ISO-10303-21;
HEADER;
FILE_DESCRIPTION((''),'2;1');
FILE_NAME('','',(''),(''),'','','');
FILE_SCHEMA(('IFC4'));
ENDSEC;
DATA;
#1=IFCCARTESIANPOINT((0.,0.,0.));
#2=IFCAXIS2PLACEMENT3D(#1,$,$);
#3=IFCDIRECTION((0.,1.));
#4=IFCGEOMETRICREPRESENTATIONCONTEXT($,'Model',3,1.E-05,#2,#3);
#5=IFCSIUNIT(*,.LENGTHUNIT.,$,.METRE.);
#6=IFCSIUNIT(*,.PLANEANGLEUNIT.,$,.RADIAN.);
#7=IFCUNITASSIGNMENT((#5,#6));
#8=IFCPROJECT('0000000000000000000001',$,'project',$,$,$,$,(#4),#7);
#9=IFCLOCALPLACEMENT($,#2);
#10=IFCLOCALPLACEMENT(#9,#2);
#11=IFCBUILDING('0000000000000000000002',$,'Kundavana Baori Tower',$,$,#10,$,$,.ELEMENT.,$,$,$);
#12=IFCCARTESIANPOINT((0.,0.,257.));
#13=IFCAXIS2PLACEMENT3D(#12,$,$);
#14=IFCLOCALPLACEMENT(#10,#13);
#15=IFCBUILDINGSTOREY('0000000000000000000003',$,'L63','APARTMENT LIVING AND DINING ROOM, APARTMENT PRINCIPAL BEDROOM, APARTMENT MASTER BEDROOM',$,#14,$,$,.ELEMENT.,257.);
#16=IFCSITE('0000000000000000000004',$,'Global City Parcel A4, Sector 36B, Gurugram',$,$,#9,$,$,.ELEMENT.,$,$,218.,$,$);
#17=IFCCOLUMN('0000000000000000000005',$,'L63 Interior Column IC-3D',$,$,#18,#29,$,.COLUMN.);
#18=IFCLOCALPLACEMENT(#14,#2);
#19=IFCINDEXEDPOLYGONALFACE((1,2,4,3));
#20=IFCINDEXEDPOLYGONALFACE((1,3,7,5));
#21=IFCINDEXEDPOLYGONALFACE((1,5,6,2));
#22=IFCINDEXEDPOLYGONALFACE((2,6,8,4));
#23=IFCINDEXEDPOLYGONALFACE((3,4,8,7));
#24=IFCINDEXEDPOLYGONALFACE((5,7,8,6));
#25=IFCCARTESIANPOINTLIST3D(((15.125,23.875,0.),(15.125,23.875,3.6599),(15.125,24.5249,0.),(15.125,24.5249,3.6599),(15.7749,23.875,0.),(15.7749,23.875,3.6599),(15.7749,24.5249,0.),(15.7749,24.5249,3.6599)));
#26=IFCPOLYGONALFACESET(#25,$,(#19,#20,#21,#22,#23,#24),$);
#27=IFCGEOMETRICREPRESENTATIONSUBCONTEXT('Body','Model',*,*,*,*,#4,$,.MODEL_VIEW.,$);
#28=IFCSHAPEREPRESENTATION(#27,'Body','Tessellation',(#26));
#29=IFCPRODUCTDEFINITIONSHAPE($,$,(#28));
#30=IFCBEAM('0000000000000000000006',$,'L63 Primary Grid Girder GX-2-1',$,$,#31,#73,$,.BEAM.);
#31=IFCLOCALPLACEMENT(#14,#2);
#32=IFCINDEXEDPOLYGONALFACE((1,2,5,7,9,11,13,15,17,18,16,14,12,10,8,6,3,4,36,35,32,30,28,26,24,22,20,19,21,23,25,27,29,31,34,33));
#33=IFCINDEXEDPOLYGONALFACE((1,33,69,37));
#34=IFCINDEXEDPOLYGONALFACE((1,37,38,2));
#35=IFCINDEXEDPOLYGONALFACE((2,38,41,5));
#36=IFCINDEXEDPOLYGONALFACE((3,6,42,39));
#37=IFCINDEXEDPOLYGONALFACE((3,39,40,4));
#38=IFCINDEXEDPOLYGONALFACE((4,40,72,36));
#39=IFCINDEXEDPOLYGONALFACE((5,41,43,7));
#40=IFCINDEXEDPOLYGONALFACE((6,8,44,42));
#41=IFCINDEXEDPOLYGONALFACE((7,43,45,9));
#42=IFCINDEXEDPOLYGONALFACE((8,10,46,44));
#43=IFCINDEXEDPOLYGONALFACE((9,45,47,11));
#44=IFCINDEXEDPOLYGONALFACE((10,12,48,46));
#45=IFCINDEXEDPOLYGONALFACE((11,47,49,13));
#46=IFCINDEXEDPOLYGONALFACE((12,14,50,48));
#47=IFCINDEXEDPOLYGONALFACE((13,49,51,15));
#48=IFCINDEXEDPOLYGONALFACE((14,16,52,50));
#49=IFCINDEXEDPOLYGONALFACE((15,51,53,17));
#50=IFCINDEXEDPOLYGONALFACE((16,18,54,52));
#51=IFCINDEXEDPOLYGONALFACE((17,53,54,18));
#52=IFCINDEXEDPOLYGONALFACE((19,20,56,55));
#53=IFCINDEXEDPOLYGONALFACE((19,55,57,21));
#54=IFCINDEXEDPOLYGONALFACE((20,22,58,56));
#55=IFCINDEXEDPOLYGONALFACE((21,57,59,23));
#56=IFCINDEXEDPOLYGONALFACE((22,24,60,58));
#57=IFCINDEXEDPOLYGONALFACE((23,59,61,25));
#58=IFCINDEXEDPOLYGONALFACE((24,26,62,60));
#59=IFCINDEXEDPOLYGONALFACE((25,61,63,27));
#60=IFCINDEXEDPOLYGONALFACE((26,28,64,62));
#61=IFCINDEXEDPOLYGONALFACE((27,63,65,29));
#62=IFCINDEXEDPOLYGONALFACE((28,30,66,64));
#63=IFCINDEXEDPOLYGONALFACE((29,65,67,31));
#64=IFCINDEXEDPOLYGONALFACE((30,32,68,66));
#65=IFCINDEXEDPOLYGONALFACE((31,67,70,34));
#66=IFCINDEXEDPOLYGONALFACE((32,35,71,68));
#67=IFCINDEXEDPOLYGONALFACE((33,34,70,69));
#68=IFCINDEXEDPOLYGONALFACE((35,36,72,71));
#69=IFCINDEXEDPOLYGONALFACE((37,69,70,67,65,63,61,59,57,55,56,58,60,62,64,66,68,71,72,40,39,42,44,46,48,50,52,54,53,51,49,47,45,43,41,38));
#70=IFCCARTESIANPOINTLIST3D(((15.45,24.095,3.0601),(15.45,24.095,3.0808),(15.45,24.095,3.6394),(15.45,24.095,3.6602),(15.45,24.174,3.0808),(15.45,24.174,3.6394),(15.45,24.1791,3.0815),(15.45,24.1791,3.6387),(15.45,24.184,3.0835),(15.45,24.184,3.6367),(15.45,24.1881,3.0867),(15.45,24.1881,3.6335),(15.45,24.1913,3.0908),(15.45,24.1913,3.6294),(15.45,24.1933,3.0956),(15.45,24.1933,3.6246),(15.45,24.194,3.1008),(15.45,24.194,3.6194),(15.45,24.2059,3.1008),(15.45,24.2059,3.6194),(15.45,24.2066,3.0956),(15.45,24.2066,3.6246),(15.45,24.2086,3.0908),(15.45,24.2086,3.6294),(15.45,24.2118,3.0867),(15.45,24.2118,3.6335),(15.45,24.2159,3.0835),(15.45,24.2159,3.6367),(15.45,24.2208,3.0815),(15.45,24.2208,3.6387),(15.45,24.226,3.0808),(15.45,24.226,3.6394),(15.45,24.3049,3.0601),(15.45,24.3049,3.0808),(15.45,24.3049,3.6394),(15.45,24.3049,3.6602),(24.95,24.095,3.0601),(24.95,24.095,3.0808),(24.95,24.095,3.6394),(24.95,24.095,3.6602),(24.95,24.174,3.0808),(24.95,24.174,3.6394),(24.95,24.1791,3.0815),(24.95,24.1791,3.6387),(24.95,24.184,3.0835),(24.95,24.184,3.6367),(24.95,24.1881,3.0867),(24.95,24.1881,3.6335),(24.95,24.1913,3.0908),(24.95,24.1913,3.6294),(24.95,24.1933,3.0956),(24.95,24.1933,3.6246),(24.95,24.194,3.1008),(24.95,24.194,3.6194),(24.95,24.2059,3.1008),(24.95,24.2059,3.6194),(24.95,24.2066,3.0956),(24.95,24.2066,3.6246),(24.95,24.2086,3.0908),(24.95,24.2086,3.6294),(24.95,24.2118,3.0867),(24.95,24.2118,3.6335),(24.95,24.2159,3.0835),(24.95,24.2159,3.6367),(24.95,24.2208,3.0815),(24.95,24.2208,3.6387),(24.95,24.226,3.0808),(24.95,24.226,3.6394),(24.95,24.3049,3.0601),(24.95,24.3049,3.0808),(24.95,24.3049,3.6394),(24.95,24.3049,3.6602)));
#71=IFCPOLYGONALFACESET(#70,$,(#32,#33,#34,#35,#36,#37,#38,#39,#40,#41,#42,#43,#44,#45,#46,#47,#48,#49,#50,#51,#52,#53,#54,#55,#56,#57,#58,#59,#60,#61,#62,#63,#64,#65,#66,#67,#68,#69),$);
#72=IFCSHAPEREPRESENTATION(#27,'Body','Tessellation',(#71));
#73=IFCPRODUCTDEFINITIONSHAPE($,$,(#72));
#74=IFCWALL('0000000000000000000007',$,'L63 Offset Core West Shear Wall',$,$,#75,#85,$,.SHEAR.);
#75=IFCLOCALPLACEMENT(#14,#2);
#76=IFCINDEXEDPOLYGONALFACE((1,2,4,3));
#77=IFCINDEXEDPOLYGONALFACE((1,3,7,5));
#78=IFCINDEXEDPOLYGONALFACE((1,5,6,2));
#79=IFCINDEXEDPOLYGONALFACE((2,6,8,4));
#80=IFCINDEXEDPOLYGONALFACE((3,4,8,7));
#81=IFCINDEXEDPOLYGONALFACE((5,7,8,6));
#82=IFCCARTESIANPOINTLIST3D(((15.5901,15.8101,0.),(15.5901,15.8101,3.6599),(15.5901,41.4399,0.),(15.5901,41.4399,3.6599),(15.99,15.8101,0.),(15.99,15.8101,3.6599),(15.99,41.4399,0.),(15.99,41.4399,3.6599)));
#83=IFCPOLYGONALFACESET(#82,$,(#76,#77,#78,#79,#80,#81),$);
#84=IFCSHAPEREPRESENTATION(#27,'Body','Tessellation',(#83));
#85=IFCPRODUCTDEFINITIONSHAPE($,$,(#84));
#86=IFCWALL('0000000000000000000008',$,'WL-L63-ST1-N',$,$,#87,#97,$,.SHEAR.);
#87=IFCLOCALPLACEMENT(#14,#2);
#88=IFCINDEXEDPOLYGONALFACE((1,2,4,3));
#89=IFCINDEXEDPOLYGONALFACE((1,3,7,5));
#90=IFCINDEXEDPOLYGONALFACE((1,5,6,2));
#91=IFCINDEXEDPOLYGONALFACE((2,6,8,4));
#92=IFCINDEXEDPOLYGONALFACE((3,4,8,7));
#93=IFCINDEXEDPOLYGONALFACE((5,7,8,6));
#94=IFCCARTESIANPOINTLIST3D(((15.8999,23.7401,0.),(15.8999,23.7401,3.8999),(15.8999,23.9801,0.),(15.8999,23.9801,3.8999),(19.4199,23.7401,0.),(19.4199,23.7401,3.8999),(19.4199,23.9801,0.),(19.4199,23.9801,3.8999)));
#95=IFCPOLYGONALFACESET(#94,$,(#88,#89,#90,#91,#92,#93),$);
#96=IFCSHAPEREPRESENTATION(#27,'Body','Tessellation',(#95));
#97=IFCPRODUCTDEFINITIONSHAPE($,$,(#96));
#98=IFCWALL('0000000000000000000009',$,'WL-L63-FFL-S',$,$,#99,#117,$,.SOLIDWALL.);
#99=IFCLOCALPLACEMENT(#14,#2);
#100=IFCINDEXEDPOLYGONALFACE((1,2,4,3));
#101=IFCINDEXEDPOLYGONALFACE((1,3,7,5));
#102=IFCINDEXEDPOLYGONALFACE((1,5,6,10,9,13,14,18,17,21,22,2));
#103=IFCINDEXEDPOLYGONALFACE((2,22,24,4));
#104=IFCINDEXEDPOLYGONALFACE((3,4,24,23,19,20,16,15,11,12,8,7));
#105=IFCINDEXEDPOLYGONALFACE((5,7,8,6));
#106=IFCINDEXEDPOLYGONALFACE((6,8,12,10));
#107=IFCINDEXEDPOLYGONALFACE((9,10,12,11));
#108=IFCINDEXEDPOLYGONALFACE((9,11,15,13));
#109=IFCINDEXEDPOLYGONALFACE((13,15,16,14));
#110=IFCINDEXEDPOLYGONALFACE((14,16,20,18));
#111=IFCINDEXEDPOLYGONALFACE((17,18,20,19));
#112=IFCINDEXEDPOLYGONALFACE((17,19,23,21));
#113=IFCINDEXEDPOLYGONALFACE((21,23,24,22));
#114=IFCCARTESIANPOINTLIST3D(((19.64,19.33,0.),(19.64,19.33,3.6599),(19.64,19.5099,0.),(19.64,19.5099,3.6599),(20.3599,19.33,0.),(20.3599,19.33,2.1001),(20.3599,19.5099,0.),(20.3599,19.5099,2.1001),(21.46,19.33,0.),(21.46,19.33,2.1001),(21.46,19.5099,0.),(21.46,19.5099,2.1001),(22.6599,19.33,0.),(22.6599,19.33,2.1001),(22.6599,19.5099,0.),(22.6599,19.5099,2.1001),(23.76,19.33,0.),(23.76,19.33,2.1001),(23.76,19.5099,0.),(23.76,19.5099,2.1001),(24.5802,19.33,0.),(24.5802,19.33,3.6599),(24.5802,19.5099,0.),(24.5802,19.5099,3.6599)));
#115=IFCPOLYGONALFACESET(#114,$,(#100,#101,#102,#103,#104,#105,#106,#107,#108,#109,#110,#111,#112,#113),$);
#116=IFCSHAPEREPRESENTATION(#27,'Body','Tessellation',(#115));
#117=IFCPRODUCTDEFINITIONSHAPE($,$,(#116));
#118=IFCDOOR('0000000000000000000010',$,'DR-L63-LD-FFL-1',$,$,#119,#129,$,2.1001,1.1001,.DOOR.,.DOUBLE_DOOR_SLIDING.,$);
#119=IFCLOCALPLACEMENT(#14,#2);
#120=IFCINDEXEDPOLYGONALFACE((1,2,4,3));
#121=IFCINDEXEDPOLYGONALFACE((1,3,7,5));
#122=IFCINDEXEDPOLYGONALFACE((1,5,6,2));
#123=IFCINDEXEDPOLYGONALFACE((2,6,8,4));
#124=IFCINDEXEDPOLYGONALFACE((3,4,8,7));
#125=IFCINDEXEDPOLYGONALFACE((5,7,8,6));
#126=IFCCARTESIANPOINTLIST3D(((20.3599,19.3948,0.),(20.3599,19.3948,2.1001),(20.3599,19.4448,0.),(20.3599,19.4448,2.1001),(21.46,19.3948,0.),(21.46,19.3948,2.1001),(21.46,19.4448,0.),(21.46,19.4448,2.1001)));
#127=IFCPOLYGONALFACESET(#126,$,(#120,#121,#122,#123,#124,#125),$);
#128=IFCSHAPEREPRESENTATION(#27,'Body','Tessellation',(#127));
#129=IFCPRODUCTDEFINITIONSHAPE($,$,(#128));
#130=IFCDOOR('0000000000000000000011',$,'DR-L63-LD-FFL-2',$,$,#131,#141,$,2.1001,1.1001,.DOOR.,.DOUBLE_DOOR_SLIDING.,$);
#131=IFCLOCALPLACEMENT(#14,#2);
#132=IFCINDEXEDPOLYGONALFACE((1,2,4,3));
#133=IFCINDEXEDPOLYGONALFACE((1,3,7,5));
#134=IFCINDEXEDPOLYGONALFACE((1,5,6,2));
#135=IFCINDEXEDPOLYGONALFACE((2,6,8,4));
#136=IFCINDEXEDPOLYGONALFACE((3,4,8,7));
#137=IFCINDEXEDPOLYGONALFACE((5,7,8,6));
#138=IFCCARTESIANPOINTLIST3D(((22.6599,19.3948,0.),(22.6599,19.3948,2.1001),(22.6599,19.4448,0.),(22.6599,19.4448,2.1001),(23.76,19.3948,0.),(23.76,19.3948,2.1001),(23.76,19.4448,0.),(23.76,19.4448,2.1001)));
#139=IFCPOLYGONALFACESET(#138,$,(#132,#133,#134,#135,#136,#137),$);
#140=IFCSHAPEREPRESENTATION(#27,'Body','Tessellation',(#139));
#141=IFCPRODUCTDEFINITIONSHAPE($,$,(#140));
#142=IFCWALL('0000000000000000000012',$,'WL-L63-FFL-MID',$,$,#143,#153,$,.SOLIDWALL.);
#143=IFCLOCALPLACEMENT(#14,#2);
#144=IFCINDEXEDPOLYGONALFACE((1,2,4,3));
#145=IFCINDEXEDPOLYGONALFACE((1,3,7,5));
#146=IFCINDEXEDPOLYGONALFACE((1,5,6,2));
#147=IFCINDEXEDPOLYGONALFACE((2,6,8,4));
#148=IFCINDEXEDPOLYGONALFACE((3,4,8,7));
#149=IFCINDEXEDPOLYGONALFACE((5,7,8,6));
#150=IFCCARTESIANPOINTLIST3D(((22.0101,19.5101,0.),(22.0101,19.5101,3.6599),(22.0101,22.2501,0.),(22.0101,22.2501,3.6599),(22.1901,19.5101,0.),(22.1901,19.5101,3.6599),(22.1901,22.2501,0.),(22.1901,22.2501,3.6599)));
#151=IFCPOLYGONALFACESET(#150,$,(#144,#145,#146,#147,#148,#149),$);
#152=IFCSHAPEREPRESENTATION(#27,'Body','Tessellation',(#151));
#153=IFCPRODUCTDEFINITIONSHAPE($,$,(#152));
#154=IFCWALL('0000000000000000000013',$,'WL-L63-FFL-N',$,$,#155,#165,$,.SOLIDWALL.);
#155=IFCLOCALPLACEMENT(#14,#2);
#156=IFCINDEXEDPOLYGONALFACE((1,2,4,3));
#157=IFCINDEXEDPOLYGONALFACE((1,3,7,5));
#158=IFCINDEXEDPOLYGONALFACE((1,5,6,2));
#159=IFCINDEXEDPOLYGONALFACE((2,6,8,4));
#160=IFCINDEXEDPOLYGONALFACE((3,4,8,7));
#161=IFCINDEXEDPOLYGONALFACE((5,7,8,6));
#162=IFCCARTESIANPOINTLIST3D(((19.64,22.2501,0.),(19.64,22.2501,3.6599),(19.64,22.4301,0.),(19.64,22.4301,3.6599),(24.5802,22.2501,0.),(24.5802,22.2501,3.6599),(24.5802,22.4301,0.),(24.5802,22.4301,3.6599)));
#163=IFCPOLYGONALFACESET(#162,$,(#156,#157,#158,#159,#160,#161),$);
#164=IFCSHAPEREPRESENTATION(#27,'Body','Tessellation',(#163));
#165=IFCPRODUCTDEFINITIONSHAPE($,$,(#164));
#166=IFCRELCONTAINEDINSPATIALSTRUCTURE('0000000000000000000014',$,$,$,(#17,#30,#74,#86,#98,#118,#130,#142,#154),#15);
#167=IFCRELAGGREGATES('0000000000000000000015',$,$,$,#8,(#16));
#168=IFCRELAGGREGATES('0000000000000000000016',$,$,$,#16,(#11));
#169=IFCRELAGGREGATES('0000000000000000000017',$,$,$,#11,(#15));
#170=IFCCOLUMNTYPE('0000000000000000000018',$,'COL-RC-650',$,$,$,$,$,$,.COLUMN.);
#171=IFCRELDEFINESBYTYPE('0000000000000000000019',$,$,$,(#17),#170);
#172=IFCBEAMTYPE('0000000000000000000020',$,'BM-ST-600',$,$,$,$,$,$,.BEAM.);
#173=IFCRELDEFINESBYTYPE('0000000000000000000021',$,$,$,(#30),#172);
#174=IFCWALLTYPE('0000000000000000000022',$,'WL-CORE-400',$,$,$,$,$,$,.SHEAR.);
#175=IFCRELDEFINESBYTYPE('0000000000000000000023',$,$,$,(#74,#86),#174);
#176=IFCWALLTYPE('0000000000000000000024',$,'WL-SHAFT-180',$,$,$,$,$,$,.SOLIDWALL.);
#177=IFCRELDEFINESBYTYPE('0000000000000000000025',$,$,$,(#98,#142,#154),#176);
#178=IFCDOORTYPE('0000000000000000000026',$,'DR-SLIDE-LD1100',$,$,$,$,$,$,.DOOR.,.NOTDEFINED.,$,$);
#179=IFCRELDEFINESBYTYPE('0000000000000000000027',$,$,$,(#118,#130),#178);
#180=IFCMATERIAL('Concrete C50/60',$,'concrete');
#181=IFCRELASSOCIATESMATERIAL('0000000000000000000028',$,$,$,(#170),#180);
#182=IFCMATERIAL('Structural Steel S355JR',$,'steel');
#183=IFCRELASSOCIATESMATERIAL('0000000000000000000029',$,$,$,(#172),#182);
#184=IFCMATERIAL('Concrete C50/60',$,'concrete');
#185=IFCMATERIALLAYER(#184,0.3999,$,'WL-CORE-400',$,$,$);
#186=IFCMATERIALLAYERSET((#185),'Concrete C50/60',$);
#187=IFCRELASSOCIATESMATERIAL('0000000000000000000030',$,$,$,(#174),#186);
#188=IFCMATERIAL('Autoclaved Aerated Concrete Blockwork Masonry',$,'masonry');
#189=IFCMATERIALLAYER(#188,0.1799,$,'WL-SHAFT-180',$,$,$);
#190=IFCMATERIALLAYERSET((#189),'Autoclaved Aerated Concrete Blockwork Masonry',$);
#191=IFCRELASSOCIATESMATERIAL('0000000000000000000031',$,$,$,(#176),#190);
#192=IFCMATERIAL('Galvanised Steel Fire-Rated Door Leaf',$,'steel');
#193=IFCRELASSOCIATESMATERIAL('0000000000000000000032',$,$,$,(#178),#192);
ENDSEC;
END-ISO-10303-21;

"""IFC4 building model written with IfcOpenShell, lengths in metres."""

from ifc_helpers import new_model, si_unit, direction, frame, frame_2d, origin, origin_2d, place, context, subcontext, project, spatial, rectangle, i_section, extrude, material, layer, layer_set, material_profile, profile_set, type_object, element, fill, save


model = new_model("IFC4")

# Units and contexts
model_context = context("Model", 3, precision=1e-05, world=origin(), true_north=direction((0.0, 1.0)))
body_context = subcontext(model_context, "Body", "Model", "MODEL_VIEW")
ifc_project = project(units=[si_unit("LENGTHUNIT", "METRE"), si_unit("PLANEANGLEUNIT", "RADIAN")], contexts=[model_context])

# Site, building, storey
site_placement = place(None, origin())
site = spatial("IfcSite", under=ifc_project, at=site_placement, Name="Global City Parcel A4, Sector 36B, Gurugram", CompositionType="ELEMENT", RefElevation=218.0)
building_placement = place(site_placement, origin())
building = spatial("IfcBuilding", under=site, at=building_placement, Name="Kundavana Baori Tower", CompositionType="ELEMENT")
storey_placement = place(building_placement, frame((0.0, 0.0, 257.0)))
storey = spatial("IfcBuildingStorey", under=building, at=storey_placement, Name="L63", Description="APARTMENT LIVING AND DINING ROOM, APARTMENT PRINCIPAL BEDROOM, APARTMENT MASTER BEDROOM", CompositionType="ELEMENT", Elevation=257.0)

# Column
ifc_material_1 = material(Name="Concrete C50/60", Category="concrete")
ifc_material_profile_1 = material_profile(ifc_material_1, rectangle(XDim=0.6499, YDim=0.6499, at=origin_2d()), Name="RC 650x650")
ifc_profile_set_1 = profile_set([ifc_material_profile_1], Name="Concrete C50/60")
column_type = type_object("IfcColumnType", Name="COL-RC-650", PredefinedType="COLUMN", material=ifc_profile_set_1)
column_placement = place(storey_placement, frame((15.45, 24.2, 0.0), z_axis=(0.0, 0.0, 1.0), x_axis=(1.0, 0.0, 0.0)))
element("IfcColumn", 1, at=column_placement, inside=storey, type_object=column_type, Name="L63 Interior Column IC-3D", PredefinedType="COLUMN", context=body_context, shape_type="SweptSolid", body=[
    extrude(rectangle(XDim=0.6499, YDim=0.6499, at=origin_2d()), origin(), (0.0, 0.0, 1.0), 3.6599),
])

# Beam
ifc_material_2 = material(Name="Structural Steel S355JR", Category="steel")
ifc_material_profile_2 = material_profile(ifc_material_2, i_section(OverallWidth=0.21, OverallDepth=0.6001, WebThickness=0.012, FlangeThickness=0.0208, FilletRadius=0.02, at=origin_2d()), Name="ISMB 600")
ifc_profile_set_2 = profile_set([ifc_material_profile_2], Name="Structural Steel S355JR")
beam_type = type_object("IfcBeamType", Name="BM-ST-600", PredefinedType="BEAM", material=ifc_profile_set_2)
beam_placement = place(storey_placement, frame((15.45, 24.2, 3.3601), z_axis=(1.0, 0.0, 0.0), x_axis=(0.0, 1.0, 0.0)))
element("IfcBeam", 2, at=beam_placement, inside=storey, type_object=beam_type, Name="L63 Primary Grid Girder GX-2-1", PredefinedType="BEAM", context=body_context, shape_type="SweptSolid", body=[
    extrude(i_section(OverallWidth=0.21, OverallDepth=0.6001, WebThickness=0.012, FlangeThickness=0.0208, FilletRadius=0.02, at=origin_2d()), origin(), (0.0, 0.0, 1.0), 9.5),
])

# Walls
ifc_material_3 = material(Name="Concrete C50/60", Category="concrete")
ifc_layer_1 = layer(ifc_material_3, 0.3999, Name="WL-CORE-400")
ifc_layer_set_1 = layer_set([ifc_layer_1], Name="Concrete C50/60")
wall_type_1 = type_object("IfcWallType", Name="WL-CORE-400", PredefinedType="SHEAR", material=ifc_layer_set_1)
wall_1_placement = place(storey_placement, frame((15.79, 15.8101, 0.0), z_axis=(0.0, 0.0, 1.0), x_axis=(0.0, 1.0, 0.0)))
element("IfcWall", 3, at=wall_1_placement, inside=storey, type_object=wall_type_1, Name="L63 Offset Core West Shear Wall", PredefinedType="SHEAR", context=body_context, shape_type="SweptSolid", body=[
    extrude(rectangle(XDim=25.6299, YDim=0.3999, at=frame_2d((12.8149, 0.0))), origin(), (0.0, 0.0, 1.0), 3.6599),
])
wall_2_placement = place(storey_placement, frame((15.8999, 23.8601, 0.0), z_axis=(0.0, 0.0, 1.0), x_axis=(1.0, 0.0, 0.0)))
element("IfcWall", 4, at=wall_2_placement, inside=storey, type_object=wall_type_1, Name="WL-L63-ST1-N", PredefinedType="SHEAR", context=body_context, shape_type="SweptSolid", body=[
    extrude(rectangle(XDim=3.52, YDim=0.24, at=frame_2d((1.76, 0.0))), origin(), (0.0, 0.0, 1.0), 3.8999),
])

# Wall, openings, doors
ifc_material_4 = material(Name="Autoclaved Aerated Concrete Blockwork Masonry", Category="masonry")
ifc_layer_2 = layer(ifc_material_4, 0.1799, Name="WL-SHAFT-180")
ifc_layer_set_2 = layer_set([ifc_layer_2], Name="Autoclaved Aerated Concrete Blockwork Masonry")
wall_type_2 = type_object("IfcWallType", Name="WL-SHAFT-180", PredefinedType="SOLIDWALL", material=ifc_layer_set_2)
wall_3_placement = place(storey_placement, frame((19.6399, 19.4199, 0.0), z_axis=(0.0, 0.0, 1.0), x_axis=(1.0, 0.0, 0.0)))
wall_3 = element("IfcWall", 5, at=wall_3_placement, inside=storey, type_object=wall_type_2, Name="WL-L63-FFL-S", PredefinedType="SOLIDWALL", context=body_context, shape_type="SweptSolid", body=[
    extrude(rectangle(XDim=4.9402, YDim=0.1799, at=frame_2d((2.4702, 0.0))), origin(), (0.0, 0.0, 1.0), 3.6599),
])
opening_1_placement = place(wall_3_placement, frame((0.72, 0.0, 0.0)))
opening_1 = element("IfcOpeningElement", 6, at=opening_1_placement, cuts=wall_3, PredefinedType="OPENING", context=body_context, shape_type="SweptSolid", body=[
    extrude(rectangle(XDim=1.1001, YDim=2.1001, at=frame_2d((0.55, 1.05))), frame((0.0, 0.1001, 0.0), z_axis=(0.0, -1.0, 0.0), x_axis=(1.0, 0.0, 0.0)), (0.0, 0.0, 1.0), 0.2),
])
opening_2_placement = place(wall_3_placement, frame((3.02, 0.0, 0.0)))
opening_2 = element("IfcOpeningElement", 7, at=opening_2_placement, cuts=wall_3, PredefinedType="OPENING", context=body_context, shape_type="SweptSolid", body=[
    extrude(rectangle(XDim=1.1001, YDim=2.1001, at=frame_2d((0.55, 1.05))), frame((0.0, 0.1001, 0.0), z_axis=(0.0, -1.0, 0.0), x_axis=(1.0, 0.0, 0.0)), (0.0, 0.0, 1.0), 0.2),
])
ifc_material_5 = material(Name="Galvanised Steel Fire-Rated Door Leaf", Category="steel")
door_type = type_object("IfcDoorType", Name="DR-SLIDE-LD1100", OperationType="NOTDEFINED", PredefinedType="DOOR", material=ifc_material_5)
door_1_placement = place(opening_1_placement, origin())
door_1 = element("IfcDoor", 8, at=door_1_placement, inside=storey, type_object=door_type, Name="DR-L63-LD-FFL-1", OperationType="DOUBLE_DOOR_SLIDING", OverallHeight=2.1001, OverallWidth=1.1001, PredefinedType="DOOR", context=body_context, shape_type="SweptSolid", body=[
    extrude(rectangle(XDim=1.1001, YDim=2.1001, at=frame_2d((0.55, 1.05))), frame((0.0, 0.0249, 0.0), z_axis=(0.0, -1.0, 0.0), x_axis=(1.0, 0.0, 0.0)), (0.0, 0.0, 1.0), 0.05),
])
fill(opening_1, door_1)
door_2_placement = place(opening_2_placement, origin())
door_2 = element("IfcDoor", 9, at=door_2_placement, inside=storey, type_object=door_type, Name="DR-L63-LD-FFL-2", OperationType="DOUBLE_DOOR_SLIDING", OverallHeight=2.1001, OverallWidth=1.1001, PredefinedType="DOOR", context=body_context, shape_type="SweptSolid", body=[
    extrude(rectangle(XDim=1.1001, YDim=2.1001, at=frame_2d((0.55, 1.05))), frame((0.0, 0.0249, 0.0), z_axis=(0.0, -1.0, 0.0), x_axis=(1.0, 0.0, 0.0)), (0.0, 0.0, 1.0), 0.05),
])
fill(opening_2, door_2)

# Walls
wall_4_placement = place(storey_placement, frame((22.1001, 19.51, 0.0), z_axis=(0.0, 0.0, 1.0), x_axis=(0.0, 1.0, 0.0)))
element("IfcWall", 10, at=wall_4_placement, inside=storey, type_object=wall_type_2, Name="WL-L63-FFL-MID", PredefinedType="SOLIDWALL", context=body_context, shape_type="SweptSolid", body=[
    extrude(rectangle(XDim=2.74, YDim=0.1799, at=frame_2d((1.3701, 0.0))), origin(), (0.0, 0.0, 1.0), 3.6599),
])
wall_5_placement = place(storey_placement, frame((19.6399, 22.3401, 0.0), z_axis=(0.0, 0.0, 1.0), x_axis=(1.0, 0.0, 0.0)))
element("IfcWall", 11, at=wall_5_placement, inside=storey, type_object=wall_type_2, Name="WL-L63-FFL-N", PredefinedType="SOLIDWALL", context=body_context, shape_type="SweptSolid", body=[
    extrude(rectangle(XDim=4.9402, YDim=0.1799, at=frame_2d((2.4702, 0.0))), origin(), (0.0, 0.0, 1.0), 3.6599),
])

save(model, "model.ifc")
